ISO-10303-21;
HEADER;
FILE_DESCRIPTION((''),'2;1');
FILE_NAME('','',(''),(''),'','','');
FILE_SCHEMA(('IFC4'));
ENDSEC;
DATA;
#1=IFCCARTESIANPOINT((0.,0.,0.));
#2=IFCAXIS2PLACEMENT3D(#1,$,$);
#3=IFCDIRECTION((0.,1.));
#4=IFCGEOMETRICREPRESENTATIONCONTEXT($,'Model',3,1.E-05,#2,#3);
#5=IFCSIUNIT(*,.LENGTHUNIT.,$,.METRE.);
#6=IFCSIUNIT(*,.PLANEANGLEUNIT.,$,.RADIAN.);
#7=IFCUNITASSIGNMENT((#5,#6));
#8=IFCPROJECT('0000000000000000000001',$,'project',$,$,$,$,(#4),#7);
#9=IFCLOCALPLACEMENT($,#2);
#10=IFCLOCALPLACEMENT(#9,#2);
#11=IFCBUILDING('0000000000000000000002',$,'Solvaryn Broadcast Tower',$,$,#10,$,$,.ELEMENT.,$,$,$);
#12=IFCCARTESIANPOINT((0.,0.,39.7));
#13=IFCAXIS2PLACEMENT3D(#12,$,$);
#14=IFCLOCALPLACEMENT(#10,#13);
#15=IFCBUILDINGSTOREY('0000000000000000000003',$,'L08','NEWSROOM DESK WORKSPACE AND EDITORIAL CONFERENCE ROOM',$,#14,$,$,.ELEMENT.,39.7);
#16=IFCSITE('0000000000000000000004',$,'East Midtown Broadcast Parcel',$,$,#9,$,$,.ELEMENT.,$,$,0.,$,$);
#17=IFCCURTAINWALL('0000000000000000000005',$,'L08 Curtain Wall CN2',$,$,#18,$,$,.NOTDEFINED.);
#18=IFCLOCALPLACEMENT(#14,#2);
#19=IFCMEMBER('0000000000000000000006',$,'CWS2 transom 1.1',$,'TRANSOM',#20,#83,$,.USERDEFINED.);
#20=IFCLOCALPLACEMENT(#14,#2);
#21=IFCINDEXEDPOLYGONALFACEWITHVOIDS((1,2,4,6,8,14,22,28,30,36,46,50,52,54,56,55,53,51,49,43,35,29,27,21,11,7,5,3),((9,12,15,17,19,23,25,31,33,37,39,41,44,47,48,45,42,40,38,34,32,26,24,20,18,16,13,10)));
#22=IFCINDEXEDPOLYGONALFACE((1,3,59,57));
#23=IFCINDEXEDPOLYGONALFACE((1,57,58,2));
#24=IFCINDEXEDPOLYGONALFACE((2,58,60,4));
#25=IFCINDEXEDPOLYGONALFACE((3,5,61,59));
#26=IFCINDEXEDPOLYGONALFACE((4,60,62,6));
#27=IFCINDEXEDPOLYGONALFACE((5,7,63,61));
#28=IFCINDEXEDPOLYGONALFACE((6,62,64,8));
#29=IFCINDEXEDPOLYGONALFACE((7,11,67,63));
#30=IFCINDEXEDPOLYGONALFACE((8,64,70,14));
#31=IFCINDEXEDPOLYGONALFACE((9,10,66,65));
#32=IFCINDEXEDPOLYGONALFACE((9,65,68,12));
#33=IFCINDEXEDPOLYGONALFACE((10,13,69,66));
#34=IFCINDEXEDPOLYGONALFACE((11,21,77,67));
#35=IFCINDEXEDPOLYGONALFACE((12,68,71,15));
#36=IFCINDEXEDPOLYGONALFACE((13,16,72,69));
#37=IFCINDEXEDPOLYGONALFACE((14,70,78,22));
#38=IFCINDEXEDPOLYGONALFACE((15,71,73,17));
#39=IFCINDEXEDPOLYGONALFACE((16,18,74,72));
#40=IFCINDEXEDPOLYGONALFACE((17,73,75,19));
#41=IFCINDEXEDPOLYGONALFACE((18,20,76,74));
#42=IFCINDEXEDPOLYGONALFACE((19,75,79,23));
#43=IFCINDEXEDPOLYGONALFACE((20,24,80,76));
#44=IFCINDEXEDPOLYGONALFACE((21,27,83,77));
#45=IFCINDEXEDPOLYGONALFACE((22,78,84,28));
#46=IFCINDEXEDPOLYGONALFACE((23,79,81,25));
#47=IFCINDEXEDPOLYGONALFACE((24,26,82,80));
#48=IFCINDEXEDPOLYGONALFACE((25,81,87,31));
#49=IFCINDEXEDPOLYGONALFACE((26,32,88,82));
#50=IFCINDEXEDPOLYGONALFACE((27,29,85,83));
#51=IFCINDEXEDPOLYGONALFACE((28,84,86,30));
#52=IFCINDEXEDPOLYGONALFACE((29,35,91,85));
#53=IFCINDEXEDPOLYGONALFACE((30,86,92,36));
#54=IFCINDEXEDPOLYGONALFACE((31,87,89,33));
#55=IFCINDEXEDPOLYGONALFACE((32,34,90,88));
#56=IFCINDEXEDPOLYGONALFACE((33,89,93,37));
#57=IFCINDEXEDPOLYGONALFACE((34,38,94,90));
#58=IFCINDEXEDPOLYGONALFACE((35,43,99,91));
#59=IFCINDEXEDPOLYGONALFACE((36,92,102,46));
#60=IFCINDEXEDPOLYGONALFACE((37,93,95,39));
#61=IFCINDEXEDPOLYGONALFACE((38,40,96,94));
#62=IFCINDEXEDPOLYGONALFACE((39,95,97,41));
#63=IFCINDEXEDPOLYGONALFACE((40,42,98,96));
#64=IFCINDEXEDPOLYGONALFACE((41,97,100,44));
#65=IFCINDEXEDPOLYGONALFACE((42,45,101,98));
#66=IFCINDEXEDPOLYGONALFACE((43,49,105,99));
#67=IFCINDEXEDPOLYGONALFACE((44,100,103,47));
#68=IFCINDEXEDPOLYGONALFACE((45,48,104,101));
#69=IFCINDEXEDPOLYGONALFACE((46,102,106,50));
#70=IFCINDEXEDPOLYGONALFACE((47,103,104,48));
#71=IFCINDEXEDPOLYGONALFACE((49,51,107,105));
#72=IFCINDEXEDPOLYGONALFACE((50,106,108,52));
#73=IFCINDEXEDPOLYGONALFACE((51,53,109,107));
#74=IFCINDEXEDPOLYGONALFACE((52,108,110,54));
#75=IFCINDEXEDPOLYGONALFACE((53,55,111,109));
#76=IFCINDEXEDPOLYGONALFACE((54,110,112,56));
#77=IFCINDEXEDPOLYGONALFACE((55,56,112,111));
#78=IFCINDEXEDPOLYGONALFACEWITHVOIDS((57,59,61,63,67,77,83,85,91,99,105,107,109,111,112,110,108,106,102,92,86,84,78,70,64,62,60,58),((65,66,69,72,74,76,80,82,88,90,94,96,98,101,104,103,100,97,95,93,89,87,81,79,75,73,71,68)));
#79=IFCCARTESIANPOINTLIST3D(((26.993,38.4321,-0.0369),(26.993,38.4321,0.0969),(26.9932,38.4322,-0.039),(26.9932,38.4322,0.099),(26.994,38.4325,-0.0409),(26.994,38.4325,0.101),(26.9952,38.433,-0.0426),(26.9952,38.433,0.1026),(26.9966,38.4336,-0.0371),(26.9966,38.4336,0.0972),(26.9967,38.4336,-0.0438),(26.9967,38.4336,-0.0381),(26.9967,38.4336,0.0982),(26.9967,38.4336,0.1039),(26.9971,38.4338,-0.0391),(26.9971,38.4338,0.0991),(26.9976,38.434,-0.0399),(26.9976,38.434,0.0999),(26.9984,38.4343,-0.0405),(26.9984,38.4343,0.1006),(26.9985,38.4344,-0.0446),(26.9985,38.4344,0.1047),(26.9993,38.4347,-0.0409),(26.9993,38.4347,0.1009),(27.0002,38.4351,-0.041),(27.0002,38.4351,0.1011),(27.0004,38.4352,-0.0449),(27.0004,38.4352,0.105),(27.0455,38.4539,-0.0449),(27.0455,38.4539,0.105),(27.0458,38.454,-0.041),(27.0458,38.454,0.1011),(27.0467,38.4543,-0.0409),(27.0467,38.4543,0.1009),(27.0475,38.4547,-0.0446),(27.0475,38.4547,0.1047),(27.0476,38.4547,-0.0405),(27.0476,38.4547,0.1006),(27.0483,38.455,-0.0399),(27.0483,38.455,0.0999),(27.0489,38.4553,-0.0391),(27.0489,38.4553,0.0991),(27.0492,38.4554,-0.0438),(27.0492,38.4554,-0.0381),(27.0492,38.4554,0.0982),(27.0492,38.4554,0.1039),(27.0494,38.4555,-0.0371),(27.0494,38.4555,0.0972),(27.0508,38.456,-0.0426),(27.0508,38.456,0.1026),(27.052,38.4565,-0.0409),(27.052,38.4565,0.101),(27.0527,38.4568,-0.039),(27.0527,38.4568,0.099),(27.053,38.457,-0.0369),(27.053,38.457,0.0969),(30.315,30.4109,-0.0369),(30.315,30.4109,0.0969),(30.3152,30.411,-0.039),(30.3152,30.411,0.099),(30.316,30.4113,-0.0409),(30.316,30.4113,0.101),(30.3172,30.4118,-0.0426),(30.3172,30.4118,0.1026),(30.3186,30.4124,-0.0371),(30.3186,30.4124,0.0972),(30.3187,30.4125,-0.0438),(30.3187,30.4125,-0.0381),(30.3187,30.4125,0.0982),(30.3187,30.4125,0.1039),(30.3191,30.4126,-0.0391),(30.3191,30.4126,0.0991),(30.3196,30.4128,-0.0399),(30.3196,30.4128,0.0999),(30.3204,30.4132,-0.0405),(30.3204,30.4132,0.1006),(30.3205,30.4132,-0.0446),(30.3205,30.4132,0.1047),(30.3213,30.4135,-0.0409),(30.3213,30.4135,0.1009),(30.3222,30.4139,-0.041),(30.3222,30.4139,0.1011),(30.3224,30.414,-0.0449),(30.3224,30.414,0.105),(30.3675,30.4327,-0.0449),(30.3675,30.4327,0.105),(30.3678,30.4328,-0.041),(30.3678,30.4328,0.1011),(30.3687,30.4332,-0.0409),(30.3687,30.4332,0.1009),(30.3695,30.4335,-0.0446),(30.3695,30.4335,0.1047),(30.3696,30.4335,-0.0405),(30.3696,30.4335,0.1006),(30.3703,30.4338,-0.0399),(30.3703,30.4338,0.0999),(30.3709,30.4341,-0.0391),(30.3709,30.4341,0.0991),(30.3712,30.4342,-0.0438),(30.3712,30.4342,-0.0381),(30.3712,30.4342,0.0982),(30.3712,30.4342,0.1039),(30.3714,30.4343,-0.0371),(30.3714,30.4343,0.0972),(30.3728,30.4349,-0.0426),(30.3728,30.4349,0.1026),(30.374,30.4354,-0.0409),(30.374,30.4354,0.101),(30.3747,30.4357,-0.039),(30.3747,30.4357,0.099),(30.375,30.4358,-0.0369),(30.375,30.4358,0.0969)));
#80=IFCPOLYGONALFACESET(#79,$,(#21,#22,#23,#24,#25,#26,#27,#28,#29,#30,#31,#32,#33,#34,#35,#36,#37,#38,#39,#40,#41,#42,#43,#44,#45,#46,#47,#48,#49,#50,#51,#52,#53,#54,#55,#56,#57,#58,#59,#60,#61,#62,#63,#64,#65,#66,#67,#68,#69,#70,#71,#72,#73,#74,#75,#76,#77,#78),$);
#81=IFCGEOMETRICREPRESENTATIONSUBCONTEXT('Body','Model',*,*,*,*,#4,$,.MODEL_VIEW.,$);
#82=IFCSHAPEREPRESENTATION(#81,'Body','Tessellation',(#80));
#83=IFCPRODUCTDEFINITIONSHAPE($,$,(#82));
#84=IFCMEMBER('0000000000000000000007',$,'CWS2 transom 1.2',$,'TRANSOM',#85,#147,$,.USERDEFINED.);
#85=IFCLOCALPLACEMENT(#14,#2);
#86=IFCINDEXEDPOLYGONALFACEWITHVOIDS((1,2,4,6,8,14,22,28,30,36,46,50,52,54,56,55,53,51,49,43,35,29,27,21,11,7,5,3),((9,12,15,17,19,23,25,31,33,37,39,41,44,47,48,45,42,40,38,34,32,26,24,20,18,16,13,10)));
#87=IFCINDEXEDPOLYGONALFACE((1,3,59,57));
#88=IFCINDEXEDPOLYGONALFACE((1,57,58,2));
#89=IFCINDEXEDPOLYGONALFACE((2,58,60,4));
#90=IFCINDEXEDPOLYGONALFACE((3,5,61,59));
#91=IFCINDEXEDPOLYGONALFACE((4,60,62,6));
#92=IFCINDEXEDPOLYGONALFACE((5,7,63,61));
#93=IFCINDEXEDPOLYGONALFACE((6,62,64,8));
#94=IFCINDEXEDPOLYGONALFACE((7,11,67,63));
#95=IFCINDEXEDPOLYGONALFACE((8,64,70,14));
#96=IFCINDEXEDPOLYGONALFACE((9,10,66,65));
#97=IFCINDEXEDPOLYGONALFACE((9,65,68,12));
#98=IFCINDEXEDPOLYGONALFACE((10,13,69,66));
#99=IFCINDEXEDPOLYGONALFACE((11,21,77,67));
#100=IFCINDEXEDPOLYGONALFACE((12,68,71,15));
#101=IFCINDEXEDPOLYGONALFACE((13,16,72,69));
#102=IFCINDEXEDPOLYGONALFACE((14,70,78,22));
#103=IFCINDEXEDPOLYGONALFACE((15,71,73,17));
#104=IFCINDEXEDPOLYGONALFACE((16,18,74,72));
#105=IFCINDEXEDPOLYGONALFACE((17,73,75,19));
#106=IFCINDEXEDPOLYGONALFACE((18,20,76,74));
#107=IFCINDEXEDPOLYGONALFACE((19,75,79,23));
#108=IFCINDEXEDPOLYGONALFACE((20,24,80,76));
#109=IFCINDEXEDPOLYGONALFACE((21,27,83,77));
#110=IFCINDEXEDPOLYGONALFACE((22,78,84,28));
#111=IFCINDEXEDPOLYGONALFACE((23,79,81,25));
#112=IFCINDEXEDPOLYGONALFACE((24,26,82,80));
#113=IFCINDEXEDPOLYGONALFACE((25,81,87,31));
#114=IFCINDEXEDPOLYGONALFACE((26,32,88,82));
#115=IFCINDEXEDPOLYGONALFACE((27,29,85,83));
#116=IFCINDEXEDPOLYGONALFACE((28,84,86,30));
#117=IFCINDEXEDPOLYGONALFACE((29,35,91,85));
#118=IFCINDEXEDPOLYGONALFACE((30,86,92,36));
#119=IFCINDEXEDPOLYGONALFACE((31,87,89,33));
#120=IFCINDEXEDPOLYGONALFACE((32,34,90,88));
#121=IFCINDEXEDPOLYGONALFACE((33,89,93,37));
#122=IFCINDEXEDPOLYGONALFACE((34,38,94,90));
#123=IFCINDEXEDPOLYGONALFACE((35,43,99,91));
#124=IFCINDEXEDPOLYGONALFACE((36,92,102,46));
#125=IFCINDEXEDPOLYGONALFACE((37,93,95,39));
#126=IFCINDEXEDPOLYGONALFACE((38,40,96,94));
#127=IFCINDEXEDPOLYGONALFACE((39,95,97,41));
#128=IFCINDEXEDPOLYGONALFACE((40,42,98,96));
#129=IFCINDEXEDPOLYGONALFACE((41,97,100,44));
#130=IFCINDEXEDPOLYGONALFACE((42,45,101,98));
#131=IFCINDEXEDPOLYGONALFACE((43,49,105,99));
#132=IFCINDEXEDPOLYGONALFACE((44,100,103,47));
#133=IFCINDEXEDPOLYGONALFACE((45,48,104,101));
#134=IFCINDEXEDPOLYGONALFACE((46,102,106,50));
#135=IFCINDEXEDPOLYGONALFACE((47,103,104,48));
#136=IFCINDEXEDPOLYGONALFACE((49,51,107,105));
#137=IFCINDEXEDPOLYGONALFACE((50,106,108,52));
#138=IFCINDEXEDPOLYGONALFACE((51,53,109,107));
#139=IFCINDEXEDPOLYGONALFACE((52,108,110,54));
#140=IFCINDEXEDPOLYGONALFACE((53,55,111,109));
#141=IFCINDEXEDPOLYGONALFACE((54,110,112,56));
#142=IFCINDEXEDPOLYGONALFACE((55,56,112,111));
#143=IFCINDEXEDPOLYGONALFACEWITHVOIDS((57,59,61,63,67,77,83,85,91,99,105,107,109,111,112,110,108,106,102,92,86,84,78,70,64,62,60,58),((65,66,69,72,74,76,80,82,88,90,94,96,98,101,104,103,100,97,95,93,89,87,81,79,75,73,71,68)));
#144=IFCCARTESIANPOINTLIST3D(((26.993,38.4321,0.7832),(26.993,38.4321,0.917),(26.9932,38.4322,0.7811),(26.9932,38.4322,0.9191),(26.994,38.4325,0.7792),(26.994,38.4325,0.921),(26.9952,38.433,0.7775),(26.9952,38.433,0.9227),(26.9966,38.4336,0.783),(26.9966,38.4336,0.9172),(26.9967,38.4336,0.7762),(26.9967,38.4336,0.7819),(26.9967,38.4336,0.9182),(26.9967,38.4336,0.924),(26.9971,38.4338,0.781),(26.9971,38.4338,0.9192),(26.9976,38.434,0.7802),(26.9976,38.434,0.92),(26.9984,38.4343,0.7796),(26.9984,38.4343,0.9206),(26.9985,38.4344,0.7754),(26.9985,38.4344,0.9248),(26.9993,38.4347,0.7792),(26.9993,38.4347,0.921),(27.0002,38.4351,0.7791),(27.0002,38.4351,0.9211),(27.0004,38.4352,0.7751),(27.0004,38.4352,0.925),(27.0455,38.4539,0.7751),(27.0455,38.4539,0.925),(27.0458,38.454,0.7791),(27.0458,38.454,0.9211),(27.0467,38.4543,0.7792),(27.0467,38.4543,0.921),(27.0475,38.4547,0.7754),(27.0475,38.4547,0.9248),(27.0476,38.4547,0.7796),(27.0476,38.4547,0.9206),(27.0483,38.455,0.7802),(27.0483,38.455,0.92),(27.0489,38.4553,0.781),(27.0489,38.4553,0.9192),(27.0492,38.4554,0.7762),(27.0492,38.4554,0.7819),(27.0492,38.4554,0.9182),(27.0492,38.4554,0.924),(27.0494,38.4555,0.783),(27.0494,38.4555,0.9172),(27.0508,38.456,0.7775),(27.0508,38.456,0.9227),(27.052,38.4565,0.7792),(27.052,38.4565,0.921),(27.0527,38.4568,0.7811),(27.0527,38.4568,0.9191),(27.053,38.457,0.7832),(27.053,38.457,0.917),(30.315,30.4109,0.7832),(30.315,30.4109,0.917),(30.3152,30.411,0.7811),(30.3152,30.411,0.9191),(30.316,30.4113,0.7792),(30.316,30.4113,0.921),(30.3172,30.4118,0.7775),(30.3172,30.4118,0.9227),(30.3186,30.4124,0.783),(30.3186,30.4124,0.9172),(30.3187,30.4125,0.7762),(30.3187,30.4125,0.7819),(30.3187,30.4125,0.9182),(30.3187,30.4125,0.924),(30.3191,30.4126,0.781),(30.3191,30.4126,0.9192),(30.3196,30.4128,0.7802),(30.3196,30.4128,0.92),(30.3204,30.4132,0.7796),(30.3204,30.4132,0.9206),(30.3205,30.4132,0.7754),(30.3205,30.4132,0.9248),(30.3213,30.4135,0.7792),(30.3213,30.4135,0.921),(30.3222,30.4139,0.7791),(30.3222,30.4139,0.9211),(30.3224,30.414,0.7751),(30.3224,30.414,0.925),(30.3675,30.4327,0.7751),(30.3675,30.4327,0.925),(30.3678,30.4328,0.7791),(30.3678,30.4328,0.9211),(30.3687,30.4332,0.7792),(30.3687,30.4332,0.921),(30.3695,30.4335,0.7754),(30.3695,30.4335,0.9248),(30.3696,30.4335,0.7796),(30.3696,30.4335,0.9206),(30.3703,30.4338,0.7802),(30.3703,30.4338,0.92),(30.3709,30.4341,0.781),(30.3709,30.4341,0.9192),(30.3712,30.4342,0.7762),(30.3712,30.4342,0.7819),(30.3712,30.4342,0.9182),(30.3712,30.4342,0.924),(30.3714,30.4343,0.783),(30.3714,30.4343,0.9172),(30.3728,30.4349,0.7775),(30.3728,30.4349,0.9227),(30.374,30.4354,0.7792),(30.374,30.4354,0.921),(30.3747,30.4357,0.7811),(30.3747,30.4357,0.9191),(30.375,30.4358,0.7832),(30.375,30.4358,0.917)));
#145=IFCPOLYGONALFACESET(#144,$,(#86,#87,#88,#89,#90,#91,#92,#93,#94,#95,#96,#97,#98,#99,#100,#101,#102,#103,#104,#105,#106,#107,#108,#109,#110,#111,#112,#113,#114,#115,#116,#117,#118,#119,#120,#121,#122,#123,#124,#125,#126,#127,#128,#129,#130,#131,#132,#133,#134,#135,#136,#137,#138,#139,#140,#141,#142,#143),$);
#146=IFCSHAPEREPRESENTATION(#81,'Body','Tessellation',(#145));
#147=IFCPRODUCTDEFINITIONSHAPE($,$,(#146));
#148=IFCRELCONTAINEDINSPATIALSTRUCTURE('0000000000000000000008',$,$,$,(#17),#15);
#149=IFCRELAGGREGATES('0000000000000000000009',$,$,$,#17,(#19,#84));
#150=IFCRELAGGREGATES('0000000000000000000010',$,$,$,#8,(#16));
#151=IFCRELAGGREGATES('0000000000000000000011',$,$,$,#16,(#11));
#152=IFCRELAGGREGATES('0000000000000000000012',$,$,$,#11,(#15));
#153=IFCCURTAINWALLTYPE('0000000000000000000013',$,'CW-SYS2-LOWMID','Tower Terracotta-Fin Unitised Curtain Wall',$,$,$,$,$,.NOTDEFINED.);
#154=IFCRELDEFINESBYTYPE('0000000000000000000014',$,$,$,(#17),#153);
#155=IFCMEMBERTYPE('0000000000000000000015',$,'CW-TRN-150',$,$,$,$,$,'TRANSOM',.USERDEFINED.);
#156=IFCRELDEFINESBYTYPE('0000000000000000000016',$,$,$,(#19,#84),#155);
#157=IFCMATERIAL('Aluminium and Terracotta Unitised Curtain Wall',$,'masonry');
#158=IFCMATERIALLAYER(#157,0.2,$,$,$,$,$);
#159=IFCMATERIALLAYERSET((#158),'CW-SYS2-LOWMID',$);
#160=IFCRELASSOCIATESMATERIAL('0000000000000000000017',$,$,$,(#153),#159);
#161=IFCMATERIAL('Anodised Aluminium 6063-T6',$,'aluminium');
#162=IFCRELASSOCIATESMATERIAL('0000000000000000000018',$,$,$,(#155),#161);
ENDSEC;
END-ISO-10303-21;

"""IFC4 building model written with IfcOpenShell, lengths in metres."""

from ifc_helpers import new_model, si_unit, direction, frame, origin, origin_2d, place, context, subcontext, project, spatial, hollow_rectangle, extrude, material, layer, layer_set, material_profile, profile_set, type_object, element, aggregate, save


model = new_model("IFC4")

# Units and contexts
model_context = context("Model", 3, precision=1e-05, world=origin(), true_north=direction((0.0, 1.0)))
body_context = subcontext(model_context, "Body", "Model", "MODEL_VIEW")
ifc_project = project(units=[si_unit("LENGTHUNIT", "METRE"), si_unit("PLANEANGLEUNIT", "RADIAN")], contexts=[model_context])

# Site, building, storey
site_placement = place(None, origin())
site = spatial("IfcSite", under=ifc_project, at=site_placement, Name="East Midtown Broadcast Parcel", CompositionType="ELEMENT", RefElevation=0.0)
building_placement = place(site_placement, origin())
building = spatial("IfcBuilding", under=site, at=building_placement, Name="Solvaryn Broadcast Tower", CompositionType="ELEMENT")
storey_placement = place(building_placement, frame((0.0, 0.0, 39.7)))
storey = spatial("IfcBuildingStorey", under=building, at=storey_placement, Name="L08", Description="NEWSROOM DESK WORKSPACE AND EDITORIAL CONFERENCE ROOM", CompositionType="ELEMENT", Elevation=39.7)

# Shared definitions
ifc_material_1 = material(Name="Aluminium and Terracotta Unitised Curtain Wall", Category="masonry")
ifc_layer_1 = layer(ifc_material_1, 0.2)
ifc_layer_set_1 = layer_set([ifc_layer_1], Name="CW-SYS2-LOWMID")
curtain_wall_type = type_object("IfcCurtainWallType", Name="CW-SYS2-LOWMID", Description="Tower Terracotta-Fin Unitised Curtain Wall", PredefinedType="NOTDEFINED", material=ifc_layer_set_1)

# Curtain wall, members
curtain_wall_1_placement = place(storey_placement, origin())
curtain_wall_1 = element("IfcCurtainWall", 1, at=curtain_wall_1_placement, inside=storey, type_object=curtain_wall_type, Name="L08 Curtain Wall CN2", PredefinedType="NOTDEFINED")
ifc_material_2 = material(Name="Anodised Aluminium 6063-T6", Category="aluminium")
ifc_material_profile_1 = material_profile(ifc_material_2, hollow_rectangle(XDim=0.0649, YDim=0.1499, WallThickness=0.0039, InnerFilletRadius=0.0039, OuterFilletRadius=0.0081, at=origin_2d()))
ifc_profile_set_1 = profile_set([ifc_material_profile_1], Name="Anodised Aluminium 6063-T6")
member_type_1 = type_object("IfcMemberType", Name="CW-TRN-150", ElementType="TRANSOM", PredefinedType="USERDEFINED", material=ifc_profile_set_1)
member_1_placement = place(storey_placement, frame((30.345, 30.4233, 0.03), z_axis=(-0.382636, 0.923899, 0.0), x_axis=(-0.923899, -0.382636, 0.0)))
member_1 = element("IfcMember", 2, at=member_1_placement, type_object=member_type_1, Name="CWS2 transom 1.1", ObjectType="TRANSOM", PredefinedType="USERDEFINED", context=body_context, shape_type="SweptSolid", body=[
    extrude(hollow_rectangle(XDim=0.0649, YDim=0.1499, WallThickness=0.0039, InnerFilletRadius=0.0039, OuterFilletRadius=0.0081, at=origin_2d()), origin(), (0.0, 0.0, 1.0), 8.6819),
])
member_2_placement = place(storey_placement, frame((30.345, 30.4233, 0.8501), z_axis=(-0.382636, 0.923899, 0.0), x_axis=(-0.923899, -0.382636, 0.0)))
member_2 = element("IfcMember", 3, at=member_2_placement, type_object=member_type_1, Name="CWS2 transom 1.2", ObjectType="TRANSOM", PredefinedType="USERDEFINED", context=body_context, shape_type="SweptSolid", body=[
    extrude(hollow_rectangle(XDim=0.0649, YDim=0.1499, WallThickness=0.0039, InnerFilletRadius=0.0039, OuterFilletRadius=0.0081, at=origin_2d()), origin(), (0.0, 0.0, 1.0), 8.6819),
])

aggregate(curtain_wall_1, [member_1, member_2])

save(model, "model.ifc")
